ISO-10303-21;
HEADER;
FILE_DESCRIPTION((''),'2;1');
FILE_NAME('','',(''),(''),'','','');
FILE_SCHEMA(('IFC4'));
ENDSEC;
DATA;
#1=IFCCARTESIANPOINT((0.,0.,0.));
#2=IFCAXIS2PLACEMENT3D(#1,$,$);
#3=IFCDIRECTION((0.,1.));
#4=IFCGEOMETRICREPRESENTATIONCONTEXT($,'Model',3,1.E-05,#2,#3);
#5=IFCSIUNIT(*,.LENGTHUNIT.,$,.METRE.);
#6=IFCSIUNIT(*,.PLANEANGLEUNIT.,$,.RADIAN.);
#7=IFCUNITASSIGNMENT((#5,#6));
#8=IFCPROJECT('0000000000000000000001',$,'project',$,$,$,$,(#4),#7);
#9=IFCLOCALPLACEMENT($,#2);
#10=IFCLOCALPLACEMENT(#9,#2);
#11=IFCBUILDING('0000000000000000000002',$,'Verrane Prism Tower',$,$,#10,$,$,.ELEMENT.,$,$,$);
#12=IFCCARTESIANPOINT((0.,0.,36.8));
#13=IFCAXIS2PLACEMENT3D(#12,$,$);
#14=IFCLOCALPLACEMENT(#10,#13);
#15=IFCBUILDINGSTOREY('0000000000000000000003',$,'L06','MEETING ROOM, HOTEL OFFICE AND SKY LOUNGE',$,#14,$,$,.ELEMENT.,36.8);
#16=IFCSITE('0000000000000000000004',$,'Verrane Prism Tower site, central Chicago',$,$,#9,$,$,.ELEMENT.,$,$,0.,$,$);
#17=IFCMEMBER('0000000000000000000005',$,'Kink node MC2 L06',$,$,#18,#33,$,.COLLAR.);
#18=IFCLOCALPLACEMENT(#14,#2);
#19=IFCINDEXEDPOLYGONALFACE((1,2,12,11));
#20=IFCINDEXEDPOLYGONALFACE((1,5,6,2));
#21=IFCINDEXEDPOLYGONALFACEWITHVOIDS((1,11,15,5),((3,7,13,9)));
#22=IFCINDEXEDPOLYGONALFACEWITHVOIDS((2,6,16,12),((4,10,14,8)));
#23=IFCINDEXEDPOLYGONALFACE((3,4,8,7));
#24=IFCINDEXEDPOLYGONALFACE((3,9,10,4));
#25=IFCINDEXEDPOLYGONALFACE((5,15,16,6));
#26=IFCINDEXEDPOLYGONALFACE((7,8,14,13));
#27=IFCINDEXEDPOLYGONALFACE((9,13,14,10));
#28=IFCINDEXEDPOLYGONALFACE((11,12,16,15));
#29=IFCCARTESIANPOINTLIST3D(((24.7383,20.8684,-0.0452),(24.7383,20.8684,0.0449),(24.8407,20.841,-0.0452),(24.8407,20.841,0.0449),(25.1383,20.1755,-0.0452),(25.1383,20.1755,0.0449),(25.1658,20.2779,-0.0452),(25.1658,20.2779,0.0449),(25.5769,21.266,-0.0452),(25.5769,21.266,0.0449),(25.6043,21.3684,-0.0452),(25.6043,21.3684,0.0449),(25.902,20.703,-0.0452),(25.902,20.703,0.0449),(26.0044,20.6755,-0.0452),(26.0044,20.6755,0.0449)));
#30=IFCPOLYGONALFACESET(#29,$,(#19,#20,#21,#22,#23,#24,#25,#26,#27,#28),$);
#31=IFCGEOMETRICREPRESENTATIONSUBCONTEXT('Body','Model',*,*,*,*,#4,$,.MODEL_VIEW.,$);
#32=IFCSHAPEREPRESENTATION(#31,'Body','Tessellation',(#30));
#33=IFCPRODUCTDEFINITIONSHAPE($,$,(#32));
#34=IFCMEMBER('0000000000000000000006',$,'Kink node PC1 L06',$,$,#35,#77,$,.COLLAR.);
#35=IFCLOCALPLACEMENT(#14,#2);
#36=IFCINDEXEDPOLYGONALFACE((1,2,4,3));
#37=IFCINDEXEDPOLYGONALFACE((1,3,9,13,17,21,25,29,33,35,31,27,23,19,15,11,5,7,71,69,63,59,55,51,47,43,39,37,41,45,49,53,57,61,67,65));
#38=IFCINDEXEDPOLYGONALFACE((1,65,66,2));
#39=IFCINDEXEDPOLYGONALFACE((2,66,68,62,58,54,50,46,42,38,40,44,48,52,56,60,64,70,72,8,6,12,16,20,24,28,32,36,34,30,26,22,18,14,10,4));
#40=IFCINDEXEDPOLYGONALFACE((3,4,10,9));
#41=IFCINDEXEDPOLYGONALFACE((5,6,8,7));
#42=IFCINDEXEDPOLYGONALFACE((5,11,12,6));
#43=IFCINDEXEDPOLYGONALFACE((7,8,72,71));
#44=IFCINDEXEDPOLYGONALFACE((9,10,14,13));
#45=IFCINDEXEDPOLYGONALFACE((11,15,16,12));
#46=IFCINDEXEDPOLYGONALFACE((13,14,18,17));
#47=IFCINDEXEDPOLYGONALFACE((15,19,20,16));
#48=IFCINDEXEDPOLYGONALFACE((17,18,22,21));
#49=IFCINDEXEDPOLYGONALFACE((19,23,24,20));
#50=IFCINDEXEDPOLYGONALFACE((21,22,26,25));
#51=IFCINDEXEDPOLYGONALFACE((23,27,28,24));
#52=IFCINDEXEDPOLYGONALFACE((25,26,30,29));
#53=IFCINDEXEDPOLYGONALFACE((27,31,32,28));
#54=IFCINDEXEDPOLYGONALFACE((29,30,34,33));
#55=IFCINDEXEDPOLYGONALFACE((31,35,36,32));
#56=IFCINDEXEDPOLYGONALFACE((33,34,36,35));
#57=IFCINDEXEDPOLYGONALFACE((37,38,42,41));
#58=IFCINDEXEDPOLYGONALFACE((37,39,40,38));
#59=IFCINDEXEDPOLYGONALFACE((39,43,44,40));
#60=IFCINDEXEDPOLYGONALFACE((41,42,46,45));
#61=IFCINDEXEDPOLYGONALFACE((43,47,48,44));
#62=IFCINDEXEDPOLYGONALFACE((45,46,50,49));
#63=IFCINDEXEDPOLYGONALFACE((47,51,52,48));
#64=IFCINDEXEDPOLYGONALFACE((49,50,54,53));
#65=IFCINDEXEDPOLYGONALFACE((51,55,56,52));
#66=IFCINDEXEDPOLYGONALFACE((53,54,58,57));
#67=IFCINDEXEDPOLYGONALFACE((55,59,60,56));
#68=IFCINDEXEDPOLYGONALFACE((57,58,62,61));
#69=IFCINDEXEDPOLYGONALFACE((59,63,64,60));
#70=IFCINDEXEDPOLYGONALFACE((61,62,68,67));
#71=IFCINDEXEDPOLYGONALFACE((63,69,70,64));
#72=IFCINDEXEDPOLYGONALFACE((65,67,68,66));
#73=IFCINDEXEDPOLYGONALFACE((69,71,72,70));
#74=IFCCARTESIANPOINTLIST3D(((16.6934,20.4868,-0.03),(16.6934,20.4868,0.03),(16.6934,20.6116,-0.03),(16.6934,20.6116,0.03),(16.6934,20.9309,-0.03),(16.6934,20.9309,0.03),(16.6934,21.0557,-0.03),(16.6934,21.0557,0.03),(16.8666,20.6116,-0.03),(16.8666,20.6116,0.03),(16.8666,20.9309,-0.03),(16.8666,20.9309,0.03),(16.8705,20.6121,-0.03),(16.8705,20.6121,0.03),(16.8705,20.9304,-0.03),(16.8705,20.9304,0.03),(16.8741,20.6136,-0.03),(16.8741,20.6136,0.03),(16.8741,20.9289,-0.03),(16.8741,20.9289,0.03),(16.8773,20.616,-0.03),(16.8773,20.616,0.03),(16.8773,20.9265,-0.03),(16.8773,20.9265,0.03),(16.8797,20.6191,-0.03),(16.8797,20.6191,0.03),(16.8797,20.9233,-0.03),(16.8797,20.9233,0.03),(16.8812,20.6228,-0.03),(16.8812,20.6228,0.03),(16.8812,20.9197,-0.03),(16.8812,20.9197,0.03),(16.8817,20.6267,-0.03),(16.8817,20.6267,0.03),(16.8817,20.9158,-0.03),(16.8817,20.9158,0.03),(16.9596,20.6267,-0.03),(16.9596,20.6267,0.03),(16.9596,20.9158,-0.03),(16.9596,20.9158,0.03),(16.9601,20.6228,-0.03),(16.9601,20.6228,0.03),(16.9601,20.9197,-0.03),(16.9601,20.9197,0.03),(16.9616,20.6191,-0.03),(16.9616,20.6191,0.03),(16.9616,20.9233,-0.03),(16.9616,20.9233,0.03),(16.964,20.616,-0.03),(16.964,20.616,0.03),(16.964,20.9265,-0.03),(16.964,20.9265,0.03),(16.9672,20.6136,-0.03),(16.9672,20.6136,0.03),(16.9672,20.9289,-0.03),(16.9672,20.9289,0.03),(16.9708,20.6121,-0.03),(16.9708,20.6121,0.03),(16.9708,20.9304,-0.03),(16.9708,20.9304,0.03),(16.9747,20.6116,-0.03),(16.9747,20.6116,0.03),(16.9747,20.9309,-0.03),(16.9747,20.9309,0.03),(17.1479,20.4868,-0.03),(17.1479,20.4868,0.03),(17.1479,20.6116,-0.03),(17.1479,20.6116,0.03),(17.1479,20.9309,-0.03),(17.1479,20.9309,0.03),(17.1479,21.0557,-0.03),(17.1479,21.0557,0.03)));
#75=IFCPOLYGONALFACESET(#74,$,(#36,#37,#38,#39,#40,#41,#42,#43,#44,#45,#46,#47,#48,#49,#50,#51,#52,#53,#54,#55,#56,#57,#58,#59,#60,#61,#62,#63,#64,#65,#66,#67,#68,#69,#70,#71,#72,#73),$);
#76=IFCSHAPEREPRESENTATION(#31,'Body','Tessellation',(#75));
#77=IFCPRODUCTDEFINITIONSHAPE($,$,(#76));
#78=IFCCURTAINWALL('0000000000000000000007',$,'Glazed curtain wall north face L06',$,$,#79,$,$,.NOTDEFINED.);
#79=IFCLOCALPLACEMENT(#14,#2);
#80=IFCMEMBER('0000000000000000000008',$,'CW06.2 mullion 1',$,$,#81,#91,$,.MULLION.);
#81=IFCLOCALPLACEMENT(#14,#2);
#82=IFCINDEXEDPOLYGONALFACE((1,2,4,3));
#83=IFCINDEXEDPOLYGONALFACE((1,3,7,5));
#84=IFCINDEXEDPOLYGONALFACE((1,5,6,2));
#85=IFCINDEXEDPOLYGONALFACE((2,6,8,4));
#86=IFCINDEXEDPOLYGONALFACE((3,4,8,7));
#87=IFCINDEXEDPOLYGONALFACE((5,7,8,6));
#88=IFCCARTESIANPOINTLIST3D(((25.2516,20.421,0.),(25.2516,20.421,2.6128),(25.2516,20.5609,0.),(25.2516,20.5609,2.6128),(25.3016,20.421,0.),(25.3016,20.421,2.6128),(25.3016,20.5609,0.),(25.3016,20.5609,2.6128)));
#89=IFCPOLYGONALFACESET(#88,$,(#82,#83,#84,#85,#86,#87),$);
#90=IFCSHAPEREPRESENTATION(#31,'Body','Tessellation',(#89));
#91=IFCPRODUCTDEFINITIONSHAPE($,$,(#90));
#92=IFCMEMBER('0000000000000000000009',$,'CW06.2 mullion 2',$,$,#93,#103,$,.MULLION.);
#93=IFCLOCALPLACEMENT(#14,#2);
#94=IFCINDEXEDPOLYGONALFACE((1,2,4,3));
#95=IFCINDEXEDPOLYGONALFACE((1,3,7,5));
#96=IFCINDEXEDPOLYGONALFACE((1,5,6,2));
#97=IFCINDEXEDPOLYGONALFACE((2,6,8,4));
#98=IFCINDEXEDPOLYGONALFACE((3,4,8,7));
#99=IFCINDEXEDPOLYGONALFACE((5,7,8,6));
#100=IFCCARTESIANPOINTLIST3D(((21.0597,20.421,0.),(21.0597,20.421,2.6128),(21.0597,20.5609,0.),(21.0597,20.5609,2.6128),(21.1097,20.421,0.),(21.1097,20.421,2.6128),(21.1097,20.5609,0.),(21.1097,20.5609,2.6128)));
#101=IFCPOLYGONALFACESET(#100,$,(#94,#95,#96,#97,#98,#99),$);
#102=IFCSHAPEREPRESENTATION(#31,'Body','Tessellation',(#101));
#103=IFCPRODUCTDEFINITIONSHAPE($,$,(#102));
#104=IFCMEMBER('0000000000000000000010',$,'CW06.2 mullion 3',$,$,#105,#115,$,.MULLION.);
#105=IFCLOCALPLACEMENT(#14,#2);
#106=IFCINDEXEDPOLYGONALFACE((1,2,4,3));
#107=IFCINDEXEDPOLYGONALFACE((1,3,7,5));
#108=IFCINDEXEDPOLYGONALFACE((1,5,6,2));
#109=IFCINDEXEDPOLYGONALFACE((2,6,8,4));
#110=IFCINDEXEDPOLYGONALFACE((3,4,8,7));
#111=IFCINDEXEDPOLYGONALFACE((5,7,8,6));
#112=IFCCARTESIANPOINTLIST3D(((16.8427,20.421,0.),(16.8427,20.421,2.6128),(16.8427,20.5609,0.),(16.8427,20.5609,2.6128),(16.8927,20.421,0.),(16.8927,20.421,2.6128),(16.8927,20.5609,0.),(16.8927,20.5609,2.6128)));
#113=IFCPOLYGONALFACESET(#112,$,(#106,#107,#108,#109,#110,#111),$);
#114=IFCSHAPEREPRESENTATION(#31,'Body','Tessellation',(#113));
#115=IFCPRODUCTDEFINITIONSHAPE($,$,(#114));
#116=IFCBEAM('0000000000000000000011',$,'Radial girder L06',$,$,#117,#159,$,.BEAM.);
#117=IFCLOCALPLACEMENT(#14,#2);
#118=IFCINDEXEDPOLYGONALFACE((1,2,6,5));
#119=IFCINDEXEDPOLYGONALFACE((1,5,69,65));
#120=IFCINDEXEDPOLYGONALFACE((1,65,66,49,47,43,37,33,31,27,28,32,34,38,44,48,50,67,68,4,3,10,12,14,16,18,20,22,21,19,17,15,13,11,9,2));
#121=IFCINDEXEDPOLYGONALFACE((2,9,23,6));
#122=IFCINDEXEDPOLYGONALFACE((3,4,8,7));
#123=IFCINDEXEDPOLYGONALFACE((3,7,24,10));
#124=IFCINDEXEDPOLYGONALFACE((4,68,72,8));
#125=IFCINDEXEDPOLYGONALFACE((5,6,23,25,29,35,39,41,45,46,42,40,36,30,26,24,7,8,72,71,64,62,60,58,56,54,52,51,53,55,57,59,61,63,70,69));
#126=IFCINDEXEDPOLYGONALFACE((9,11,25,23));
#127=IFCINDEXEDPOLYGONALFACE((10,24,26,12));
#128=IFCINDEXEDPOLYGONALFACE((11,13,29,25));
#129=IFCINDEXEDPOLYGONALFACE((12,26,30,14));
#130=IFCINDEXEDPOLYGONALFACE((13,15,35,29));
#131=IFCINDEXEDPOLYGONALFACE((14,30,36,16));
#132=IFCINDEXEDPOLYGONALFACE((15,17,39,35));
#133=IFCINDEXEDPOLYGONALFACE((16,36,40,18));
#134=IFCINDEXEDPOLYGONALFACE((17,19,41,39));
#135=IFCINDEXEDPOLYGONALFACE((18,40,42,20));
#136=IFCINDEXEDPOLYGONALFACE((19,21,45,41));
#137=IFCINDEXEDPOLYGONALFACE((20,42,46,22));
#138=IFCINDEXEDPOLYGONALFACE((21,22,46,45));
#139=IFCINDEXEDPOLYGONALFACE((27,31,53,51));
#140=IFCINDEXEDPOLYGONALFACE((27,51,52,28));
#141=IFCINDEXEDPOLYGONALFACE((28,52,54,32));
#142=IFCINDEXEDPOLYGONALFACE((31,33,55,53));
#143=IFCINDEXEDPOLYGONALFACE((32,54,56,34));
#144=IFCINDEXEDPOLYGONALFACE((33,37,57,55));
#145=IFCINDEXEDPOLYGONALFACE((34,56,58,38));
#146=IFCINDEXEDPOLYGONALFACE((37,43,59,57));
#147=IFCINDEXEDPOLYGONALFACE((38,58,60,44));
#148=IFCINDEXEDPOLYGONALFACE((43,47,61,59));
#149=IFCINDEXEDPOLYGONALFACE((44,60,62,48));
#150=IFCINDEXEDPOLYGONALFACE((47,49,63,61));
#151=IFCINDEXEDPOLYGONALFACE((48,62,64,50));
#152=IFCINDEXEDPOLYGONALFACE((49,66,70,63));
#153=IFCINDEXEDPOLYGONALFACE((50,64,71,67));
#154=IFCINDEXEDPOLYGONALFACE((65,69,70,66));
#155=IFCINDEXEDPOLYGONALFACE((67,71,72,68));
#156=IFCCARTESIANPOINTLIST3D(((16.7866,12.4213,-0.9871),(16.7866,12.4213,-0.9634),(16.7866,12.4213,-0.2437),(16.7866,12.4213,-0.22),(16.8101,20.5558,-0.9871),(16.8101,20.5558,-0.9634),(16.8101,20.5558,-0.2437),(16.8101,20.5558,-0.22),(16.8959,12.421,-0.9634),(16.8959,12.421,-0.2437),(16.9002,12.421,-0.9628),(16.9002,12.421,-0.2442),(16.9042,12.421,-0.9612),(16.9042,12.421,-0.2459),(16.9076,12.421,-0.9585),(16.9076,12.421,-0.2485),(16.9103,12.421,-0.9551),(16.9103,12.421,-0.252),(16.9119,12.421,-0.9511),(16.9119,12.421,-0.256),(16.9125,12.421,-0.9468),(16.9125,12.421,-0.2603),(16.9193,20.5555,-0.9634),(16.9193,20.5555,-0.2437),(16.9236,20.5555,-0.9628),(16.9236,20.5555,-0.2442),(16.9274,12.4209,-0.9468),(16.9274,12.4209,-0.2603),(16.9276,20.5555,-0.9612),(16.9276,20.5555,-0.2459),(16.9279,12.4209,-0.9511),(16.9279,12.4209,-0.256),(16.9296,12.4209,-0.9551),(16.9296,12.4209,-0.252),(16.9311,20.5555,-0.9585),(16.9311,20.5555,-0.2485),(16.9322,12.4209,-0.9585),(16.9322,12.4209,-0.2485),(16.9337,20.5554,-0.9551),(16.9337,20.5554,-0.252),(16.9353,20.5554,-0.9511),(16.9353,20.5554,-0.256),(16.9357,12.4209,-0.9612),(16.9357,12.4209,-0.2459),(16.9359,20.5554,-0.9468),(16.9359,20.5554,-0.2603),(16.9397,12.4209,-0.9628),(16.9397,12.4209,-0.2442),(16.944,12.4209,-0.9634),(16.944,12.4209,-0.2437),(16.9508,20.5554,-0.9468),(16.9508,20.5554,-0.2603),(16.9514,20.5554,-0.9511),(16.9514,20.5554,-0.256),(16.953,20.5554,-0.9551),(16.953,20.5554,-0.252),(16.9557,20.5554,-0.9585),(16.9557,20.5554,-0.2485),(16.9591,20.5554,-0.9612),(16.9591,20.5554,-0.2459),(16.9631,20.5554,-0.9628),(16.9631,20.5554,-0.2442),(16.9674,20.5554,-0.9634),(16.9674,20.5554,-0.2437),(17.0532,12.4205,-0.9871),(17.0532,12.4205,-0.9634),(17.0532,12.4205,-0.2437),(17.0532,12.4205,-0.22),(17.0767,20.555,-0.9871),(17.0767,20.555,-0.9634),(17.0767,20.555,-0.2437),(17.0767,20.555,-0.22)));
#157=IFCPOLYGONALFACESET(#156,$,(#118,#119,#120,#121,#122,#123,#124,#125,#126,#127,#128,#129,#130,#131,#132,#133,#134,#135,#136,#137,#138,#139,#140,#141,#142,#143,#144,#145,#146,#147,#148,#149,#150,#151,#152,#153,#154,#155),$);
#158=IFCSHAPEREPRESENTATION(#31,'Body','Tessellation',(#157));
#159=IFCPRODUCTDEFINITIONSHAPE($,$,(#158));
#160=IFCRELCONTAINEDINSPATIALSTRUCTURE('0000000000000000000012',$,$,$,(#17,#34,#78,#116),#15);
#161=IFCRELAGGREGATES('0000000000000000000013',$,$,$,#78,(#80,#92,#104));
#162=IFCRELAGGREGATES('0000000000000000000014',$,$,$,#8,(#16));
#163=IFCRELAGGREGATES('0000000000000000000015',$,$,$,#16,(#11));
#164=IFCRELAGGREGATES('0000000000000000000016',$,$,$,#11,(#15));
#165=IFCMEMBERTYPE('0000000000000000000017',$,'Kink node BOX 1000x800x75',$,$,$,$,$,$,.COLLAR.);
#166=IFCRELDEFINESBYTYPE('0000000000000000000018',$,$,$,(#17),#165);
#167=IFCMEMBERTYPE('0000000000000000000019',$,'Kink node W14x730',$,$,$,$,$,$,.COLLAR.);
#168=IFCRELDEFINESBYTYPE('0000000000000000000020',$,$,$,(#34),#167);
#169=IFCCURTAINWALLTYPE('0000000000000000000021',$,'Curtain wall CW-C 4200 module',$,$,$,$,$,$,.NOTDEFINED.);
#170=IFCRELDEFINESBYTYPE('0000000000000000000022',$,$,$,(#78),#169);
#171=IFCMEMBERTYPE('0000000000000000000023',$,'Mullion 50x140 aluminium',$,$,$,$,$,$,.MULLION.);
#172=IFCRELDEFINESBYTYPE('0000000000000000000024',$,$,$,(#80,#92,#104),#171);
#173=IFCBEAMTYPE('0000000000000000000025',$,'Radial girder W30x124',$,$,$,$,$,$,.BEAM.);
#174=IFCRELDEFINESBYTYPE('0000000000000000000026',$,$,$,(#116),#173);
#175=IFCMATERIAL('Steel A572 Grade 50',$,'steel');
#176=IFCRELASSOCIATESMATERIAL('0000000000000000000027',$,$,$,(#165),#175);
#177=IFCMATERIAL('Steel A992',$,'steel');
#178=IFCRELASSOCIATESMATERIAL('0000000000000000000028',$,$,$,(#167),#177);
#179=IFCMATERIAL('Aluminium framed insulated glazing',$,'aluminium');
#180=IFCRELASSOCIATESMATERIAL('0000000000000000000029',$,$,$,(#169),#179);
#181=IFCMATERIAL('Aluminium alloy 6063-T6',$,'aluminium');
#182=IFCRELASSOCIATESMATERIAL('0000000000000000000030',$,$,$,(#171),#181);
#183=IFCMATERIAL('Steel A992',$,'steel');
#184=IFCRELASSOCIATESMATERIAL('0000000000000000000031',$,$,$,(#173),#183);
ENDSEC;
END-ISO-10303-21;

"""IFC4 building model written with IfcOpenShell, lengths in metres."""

from ifc_helpers import new_model, si_unit, direction, frame, origin, origin_2d, place, context, subcontext, project, spatial, rectangle, hollow_rectangle, i_section, extrude, material, material_profile, profile_set, type_object, element, aggregate, save


model = new_model("IFC4")

# Units and contexts
model_context = context("Model", 3, precision=1e-05, world=origin(), true_north=direction((0.0, 1.0)))
body_context = subcontext(model_context, "Body", "Model", "MODEL_VIEW")
ifc_project = project(units=[si_unit("LENGTHUNIT", "METRE"), si_unit("PLANEANGLEUNIT", "RADIAN")], contexts=[model_context])

# Site, building, storey
site_placement = place(None, origin())
site = spatial("IfcSite", under=ifc_project, at=site_placement, Name="Verrane Prism Tower site, central Chicago", CompositionType="ELEMENT", RefElevation=0.0)
building_placement = place(site_placement, origin())
building = spatial("IfcBuilding", under=site, at=building_placement, Name="Verrane Prism Tower", CompositionType="ELEMENT")
storey_placement = place(building_placement, frame((0.0, 0.0, 36.8)))
storey = spatial("IfcBuildingStorey", under=building, at=storey_placement, Name="L06", Description="MEETING ROOM, HOTEL OFFICE AND SKY LOUNGE", CompositionType="ELEMENT", Elevation=36.8)

# Members
ifc_material_1 = material(Name="Steel A572 Grade 50", Category="steel")
ifc_material_profile_1 = material_profile(ifc_material_1, hollow_rectangle(XDim=0.8, YDim=1.0, WallThickness=0.075, at=origin_2d()), Name="BOX 1000x800x75")
ifc_profile_set_1 = profile_set([ifc_material_profile_1], Name="Steel A572 Grade 50")
member_type_1 = type_object("IfcMemberType", Name="Kink node BOX 1000x800x75", PredefinedType="COLLAR", material=ifc_profile_set_1)
member_1_placement = place(storey_placement, frame((25.3713, 20.772, -0.0452), z_axis=(0.0, 0.0, 1.0), x_axis=(0.5, -0.866025, 0.0)))
element("IfcMember", 1, at=member_1_placement, inside=storey, type_object=member_type_1, Name="Kink node MC2 L06", PredefinedType="COLLAR", context=body_context, shape_type="SweptSolid", body=[
    extrude(hollow_rectangle(XDim=0.8, YDim=1.0, WallThickness=0.075, at=origin_2d()), origin(), (0.0, 0.0, 1.0), 0.0901),
])
ifc_material_2 = material(Name="Steel A992", Category="steel")
ifc_material_profile_2 = material_profile(ifc_material_2, i_section(OverallWidth=0.4546, OverallDepth=0.5688, WebThickness=0.0779, FlangeThickness=0.1248, FilletRadius=0.0151, at=origin_2d()), Name="W14x730")
ifc_profile_set_2 = profile_set([ifc_material_profile_2], Name="Steel A992")
member_type_2 = type_object("IfcMemberType", Name="Kink node W14x730", PredefinedType="COLLAR", material=ifc_profile_set_2)
member_2_placement = place(storey_placement, frame((16.9207, 20.7712, -0.03), z_axis=(0.0, 0.0, 1.0), x_axis=(1.0, 0.0, 0.0)))
element("IfcMember", 2, at=member_2_placement, inside=storey, type_object=member_type_2, Name="Kink node PC1 L06", PredefinedType="COLLAR", context=body_context, shape_type="SweptSolid", body=[
    extrude(i_section(OverallWidth=0.4546, OverallDepth=0.5688, WebThickness=0.0779, FlangeThickness=0.1248, FilletRadius=0.0151, at=origin_2d()), origin(), (0.0, 0.0, 1.0), 0.0601),
])

# Curtain wall, members
ifc_material_3 = material(Name="Aluminium framed insulated glazing", Category="aluminium")
curtain_wall_type_1 = type_object("IfcCurtainWallType", Name="Curtain wall CW-C 4200 module", PredefinedType="NOTDEFINED", material=ifc_material_3)
curtain_wall_1_placement = place(storey_placement, origin())
curtain_wall_1 = element("IfcCurtainWall", 3, at=curtain_wall_1_placement, inside=storey, type_object=curtain_wall_type_1, Name="Glazed curtain wall north face L06", PredefinedType="NOTDEFINED")
ifc_material_4 = material(Name="Aluminium alloy 6063-T6", Category="aluminium")
ifc_material_profile_3 = material_profile(ifc_material_4, rectangle(XDim=0.1399, YDim=0.05, at=origin_2d()), Name="Mullion 50x140 aluminium")
ifc_profile_set_3 = profile_set([ifc_material_profile_3], Name="Aluminium alloy 6063-T6")
member_type_3 = type_object("IfcMemberType", Name="Mullion 50x140 aluminium", PredefinedType="MULLION", material=ifc_profile_set_3)
member_3_placement = place(storey_placement, frame((25.2766, 20.491, 0.0), z_axis=(0.0, 0.0, 1.0), x_axis=(0.0, -1.0, 0.0)))
member_3 = element("IfcMember", 4, at=member_3_placement, type_object=member_type_3, Name="CW06.2 mullion 1", PredefinedType="MULLION", context=body_context, shape_type="SweptSolid", body=[
    extrude(rectangle(XDim=0.1399, YDim=0.05, at=origin_2d()), origin(), (0.0, 0.0, 1.0), 2.6128),
])
member_4_placement = place(storey_placement, frame((21.0847, 20.491, 0.0), z_axis=(0.0, 0.0, 1.0), x_axis=(0.0, -1.0, 0.0)))
member_4 = element("IfcMember", 5, at=member_4_placement, type_object=member_type_3, Name="CW06.2 mullion 2", PredefinedType="MULLION", context=body_context, shape_type="SweptSolid", body=[
    extrude(rectangle(XDim=0.1399, YDim=0.05, at=origin_2d()), origin(), (0.0, 0.0, 1.0), 2.6128),
])
member_5_placement = place(storey_placement, frame((16.8677, 20.491, 0.0), z_axis=(0.0, 0.0, 1.0), x_axis=(0.0, -1.0, 0.0)))
member_5 = element("IfcMember", 6, at=member_5_placement, type_object=member_type_3, Name="CW06.2 mullion 3", PredefinedType="MULLION", context=body_context, shape_type="SweptSolid", body=[
    extrude(rectangle(XDim=0.1399, YDim=0.05, at=origin_2d()), origin(), (0.0, 0.0, 1.0), 2.6128),
])

# Beam
ifc_material_5 = material(Name="Steel A992", Category="steel")
ifc_material_profile_4 = material_profile(ifc_material_5, i_section(OverallWidth=0.2666, OverallDepth=0.7671, WebThickness=0.0149, FlangeThickness=0.0237, FilletRadius=0.0166, at=origin_2d()), Name="W30x124")
ifc_profile_set_4 = profile_set([ifc_material_profile_4], Name="Steel A992")
beam_type_1 = type_object("IfcBeamType", Name="Radial girder W30x124", PredefinedType="BEAM", material=ifc_profile_set_4)
beam_1_placement = place(storey_placement, frame((16.9434, 20.5554, -0.6035), z_axis=(-0.002881, -0.999996, 0.0), x_axis=(0.999996, -0.002881, 0.0)))
element("IfcBeam", 7, at=beam_1_placement, inside=storey, type_object=beam_type_1, Name="Radial girder L06", PredefinedType="BEAM", context=body_context, shape_type="SweptSolid", body=[
    extrude(i_section(OverallWidth=0.2666, OverallDepth=0.7671, WebThickness=0.0149, FlangeThickness=0.0237, FilletRadius=0.0166, at=origin_2d()), origin(), (0.0, 0.0, 1.0), 8.1345),
])

aggregate(curtain_wall_1, [member_3, member_4, member_5])

save(model, "model.ifc")
